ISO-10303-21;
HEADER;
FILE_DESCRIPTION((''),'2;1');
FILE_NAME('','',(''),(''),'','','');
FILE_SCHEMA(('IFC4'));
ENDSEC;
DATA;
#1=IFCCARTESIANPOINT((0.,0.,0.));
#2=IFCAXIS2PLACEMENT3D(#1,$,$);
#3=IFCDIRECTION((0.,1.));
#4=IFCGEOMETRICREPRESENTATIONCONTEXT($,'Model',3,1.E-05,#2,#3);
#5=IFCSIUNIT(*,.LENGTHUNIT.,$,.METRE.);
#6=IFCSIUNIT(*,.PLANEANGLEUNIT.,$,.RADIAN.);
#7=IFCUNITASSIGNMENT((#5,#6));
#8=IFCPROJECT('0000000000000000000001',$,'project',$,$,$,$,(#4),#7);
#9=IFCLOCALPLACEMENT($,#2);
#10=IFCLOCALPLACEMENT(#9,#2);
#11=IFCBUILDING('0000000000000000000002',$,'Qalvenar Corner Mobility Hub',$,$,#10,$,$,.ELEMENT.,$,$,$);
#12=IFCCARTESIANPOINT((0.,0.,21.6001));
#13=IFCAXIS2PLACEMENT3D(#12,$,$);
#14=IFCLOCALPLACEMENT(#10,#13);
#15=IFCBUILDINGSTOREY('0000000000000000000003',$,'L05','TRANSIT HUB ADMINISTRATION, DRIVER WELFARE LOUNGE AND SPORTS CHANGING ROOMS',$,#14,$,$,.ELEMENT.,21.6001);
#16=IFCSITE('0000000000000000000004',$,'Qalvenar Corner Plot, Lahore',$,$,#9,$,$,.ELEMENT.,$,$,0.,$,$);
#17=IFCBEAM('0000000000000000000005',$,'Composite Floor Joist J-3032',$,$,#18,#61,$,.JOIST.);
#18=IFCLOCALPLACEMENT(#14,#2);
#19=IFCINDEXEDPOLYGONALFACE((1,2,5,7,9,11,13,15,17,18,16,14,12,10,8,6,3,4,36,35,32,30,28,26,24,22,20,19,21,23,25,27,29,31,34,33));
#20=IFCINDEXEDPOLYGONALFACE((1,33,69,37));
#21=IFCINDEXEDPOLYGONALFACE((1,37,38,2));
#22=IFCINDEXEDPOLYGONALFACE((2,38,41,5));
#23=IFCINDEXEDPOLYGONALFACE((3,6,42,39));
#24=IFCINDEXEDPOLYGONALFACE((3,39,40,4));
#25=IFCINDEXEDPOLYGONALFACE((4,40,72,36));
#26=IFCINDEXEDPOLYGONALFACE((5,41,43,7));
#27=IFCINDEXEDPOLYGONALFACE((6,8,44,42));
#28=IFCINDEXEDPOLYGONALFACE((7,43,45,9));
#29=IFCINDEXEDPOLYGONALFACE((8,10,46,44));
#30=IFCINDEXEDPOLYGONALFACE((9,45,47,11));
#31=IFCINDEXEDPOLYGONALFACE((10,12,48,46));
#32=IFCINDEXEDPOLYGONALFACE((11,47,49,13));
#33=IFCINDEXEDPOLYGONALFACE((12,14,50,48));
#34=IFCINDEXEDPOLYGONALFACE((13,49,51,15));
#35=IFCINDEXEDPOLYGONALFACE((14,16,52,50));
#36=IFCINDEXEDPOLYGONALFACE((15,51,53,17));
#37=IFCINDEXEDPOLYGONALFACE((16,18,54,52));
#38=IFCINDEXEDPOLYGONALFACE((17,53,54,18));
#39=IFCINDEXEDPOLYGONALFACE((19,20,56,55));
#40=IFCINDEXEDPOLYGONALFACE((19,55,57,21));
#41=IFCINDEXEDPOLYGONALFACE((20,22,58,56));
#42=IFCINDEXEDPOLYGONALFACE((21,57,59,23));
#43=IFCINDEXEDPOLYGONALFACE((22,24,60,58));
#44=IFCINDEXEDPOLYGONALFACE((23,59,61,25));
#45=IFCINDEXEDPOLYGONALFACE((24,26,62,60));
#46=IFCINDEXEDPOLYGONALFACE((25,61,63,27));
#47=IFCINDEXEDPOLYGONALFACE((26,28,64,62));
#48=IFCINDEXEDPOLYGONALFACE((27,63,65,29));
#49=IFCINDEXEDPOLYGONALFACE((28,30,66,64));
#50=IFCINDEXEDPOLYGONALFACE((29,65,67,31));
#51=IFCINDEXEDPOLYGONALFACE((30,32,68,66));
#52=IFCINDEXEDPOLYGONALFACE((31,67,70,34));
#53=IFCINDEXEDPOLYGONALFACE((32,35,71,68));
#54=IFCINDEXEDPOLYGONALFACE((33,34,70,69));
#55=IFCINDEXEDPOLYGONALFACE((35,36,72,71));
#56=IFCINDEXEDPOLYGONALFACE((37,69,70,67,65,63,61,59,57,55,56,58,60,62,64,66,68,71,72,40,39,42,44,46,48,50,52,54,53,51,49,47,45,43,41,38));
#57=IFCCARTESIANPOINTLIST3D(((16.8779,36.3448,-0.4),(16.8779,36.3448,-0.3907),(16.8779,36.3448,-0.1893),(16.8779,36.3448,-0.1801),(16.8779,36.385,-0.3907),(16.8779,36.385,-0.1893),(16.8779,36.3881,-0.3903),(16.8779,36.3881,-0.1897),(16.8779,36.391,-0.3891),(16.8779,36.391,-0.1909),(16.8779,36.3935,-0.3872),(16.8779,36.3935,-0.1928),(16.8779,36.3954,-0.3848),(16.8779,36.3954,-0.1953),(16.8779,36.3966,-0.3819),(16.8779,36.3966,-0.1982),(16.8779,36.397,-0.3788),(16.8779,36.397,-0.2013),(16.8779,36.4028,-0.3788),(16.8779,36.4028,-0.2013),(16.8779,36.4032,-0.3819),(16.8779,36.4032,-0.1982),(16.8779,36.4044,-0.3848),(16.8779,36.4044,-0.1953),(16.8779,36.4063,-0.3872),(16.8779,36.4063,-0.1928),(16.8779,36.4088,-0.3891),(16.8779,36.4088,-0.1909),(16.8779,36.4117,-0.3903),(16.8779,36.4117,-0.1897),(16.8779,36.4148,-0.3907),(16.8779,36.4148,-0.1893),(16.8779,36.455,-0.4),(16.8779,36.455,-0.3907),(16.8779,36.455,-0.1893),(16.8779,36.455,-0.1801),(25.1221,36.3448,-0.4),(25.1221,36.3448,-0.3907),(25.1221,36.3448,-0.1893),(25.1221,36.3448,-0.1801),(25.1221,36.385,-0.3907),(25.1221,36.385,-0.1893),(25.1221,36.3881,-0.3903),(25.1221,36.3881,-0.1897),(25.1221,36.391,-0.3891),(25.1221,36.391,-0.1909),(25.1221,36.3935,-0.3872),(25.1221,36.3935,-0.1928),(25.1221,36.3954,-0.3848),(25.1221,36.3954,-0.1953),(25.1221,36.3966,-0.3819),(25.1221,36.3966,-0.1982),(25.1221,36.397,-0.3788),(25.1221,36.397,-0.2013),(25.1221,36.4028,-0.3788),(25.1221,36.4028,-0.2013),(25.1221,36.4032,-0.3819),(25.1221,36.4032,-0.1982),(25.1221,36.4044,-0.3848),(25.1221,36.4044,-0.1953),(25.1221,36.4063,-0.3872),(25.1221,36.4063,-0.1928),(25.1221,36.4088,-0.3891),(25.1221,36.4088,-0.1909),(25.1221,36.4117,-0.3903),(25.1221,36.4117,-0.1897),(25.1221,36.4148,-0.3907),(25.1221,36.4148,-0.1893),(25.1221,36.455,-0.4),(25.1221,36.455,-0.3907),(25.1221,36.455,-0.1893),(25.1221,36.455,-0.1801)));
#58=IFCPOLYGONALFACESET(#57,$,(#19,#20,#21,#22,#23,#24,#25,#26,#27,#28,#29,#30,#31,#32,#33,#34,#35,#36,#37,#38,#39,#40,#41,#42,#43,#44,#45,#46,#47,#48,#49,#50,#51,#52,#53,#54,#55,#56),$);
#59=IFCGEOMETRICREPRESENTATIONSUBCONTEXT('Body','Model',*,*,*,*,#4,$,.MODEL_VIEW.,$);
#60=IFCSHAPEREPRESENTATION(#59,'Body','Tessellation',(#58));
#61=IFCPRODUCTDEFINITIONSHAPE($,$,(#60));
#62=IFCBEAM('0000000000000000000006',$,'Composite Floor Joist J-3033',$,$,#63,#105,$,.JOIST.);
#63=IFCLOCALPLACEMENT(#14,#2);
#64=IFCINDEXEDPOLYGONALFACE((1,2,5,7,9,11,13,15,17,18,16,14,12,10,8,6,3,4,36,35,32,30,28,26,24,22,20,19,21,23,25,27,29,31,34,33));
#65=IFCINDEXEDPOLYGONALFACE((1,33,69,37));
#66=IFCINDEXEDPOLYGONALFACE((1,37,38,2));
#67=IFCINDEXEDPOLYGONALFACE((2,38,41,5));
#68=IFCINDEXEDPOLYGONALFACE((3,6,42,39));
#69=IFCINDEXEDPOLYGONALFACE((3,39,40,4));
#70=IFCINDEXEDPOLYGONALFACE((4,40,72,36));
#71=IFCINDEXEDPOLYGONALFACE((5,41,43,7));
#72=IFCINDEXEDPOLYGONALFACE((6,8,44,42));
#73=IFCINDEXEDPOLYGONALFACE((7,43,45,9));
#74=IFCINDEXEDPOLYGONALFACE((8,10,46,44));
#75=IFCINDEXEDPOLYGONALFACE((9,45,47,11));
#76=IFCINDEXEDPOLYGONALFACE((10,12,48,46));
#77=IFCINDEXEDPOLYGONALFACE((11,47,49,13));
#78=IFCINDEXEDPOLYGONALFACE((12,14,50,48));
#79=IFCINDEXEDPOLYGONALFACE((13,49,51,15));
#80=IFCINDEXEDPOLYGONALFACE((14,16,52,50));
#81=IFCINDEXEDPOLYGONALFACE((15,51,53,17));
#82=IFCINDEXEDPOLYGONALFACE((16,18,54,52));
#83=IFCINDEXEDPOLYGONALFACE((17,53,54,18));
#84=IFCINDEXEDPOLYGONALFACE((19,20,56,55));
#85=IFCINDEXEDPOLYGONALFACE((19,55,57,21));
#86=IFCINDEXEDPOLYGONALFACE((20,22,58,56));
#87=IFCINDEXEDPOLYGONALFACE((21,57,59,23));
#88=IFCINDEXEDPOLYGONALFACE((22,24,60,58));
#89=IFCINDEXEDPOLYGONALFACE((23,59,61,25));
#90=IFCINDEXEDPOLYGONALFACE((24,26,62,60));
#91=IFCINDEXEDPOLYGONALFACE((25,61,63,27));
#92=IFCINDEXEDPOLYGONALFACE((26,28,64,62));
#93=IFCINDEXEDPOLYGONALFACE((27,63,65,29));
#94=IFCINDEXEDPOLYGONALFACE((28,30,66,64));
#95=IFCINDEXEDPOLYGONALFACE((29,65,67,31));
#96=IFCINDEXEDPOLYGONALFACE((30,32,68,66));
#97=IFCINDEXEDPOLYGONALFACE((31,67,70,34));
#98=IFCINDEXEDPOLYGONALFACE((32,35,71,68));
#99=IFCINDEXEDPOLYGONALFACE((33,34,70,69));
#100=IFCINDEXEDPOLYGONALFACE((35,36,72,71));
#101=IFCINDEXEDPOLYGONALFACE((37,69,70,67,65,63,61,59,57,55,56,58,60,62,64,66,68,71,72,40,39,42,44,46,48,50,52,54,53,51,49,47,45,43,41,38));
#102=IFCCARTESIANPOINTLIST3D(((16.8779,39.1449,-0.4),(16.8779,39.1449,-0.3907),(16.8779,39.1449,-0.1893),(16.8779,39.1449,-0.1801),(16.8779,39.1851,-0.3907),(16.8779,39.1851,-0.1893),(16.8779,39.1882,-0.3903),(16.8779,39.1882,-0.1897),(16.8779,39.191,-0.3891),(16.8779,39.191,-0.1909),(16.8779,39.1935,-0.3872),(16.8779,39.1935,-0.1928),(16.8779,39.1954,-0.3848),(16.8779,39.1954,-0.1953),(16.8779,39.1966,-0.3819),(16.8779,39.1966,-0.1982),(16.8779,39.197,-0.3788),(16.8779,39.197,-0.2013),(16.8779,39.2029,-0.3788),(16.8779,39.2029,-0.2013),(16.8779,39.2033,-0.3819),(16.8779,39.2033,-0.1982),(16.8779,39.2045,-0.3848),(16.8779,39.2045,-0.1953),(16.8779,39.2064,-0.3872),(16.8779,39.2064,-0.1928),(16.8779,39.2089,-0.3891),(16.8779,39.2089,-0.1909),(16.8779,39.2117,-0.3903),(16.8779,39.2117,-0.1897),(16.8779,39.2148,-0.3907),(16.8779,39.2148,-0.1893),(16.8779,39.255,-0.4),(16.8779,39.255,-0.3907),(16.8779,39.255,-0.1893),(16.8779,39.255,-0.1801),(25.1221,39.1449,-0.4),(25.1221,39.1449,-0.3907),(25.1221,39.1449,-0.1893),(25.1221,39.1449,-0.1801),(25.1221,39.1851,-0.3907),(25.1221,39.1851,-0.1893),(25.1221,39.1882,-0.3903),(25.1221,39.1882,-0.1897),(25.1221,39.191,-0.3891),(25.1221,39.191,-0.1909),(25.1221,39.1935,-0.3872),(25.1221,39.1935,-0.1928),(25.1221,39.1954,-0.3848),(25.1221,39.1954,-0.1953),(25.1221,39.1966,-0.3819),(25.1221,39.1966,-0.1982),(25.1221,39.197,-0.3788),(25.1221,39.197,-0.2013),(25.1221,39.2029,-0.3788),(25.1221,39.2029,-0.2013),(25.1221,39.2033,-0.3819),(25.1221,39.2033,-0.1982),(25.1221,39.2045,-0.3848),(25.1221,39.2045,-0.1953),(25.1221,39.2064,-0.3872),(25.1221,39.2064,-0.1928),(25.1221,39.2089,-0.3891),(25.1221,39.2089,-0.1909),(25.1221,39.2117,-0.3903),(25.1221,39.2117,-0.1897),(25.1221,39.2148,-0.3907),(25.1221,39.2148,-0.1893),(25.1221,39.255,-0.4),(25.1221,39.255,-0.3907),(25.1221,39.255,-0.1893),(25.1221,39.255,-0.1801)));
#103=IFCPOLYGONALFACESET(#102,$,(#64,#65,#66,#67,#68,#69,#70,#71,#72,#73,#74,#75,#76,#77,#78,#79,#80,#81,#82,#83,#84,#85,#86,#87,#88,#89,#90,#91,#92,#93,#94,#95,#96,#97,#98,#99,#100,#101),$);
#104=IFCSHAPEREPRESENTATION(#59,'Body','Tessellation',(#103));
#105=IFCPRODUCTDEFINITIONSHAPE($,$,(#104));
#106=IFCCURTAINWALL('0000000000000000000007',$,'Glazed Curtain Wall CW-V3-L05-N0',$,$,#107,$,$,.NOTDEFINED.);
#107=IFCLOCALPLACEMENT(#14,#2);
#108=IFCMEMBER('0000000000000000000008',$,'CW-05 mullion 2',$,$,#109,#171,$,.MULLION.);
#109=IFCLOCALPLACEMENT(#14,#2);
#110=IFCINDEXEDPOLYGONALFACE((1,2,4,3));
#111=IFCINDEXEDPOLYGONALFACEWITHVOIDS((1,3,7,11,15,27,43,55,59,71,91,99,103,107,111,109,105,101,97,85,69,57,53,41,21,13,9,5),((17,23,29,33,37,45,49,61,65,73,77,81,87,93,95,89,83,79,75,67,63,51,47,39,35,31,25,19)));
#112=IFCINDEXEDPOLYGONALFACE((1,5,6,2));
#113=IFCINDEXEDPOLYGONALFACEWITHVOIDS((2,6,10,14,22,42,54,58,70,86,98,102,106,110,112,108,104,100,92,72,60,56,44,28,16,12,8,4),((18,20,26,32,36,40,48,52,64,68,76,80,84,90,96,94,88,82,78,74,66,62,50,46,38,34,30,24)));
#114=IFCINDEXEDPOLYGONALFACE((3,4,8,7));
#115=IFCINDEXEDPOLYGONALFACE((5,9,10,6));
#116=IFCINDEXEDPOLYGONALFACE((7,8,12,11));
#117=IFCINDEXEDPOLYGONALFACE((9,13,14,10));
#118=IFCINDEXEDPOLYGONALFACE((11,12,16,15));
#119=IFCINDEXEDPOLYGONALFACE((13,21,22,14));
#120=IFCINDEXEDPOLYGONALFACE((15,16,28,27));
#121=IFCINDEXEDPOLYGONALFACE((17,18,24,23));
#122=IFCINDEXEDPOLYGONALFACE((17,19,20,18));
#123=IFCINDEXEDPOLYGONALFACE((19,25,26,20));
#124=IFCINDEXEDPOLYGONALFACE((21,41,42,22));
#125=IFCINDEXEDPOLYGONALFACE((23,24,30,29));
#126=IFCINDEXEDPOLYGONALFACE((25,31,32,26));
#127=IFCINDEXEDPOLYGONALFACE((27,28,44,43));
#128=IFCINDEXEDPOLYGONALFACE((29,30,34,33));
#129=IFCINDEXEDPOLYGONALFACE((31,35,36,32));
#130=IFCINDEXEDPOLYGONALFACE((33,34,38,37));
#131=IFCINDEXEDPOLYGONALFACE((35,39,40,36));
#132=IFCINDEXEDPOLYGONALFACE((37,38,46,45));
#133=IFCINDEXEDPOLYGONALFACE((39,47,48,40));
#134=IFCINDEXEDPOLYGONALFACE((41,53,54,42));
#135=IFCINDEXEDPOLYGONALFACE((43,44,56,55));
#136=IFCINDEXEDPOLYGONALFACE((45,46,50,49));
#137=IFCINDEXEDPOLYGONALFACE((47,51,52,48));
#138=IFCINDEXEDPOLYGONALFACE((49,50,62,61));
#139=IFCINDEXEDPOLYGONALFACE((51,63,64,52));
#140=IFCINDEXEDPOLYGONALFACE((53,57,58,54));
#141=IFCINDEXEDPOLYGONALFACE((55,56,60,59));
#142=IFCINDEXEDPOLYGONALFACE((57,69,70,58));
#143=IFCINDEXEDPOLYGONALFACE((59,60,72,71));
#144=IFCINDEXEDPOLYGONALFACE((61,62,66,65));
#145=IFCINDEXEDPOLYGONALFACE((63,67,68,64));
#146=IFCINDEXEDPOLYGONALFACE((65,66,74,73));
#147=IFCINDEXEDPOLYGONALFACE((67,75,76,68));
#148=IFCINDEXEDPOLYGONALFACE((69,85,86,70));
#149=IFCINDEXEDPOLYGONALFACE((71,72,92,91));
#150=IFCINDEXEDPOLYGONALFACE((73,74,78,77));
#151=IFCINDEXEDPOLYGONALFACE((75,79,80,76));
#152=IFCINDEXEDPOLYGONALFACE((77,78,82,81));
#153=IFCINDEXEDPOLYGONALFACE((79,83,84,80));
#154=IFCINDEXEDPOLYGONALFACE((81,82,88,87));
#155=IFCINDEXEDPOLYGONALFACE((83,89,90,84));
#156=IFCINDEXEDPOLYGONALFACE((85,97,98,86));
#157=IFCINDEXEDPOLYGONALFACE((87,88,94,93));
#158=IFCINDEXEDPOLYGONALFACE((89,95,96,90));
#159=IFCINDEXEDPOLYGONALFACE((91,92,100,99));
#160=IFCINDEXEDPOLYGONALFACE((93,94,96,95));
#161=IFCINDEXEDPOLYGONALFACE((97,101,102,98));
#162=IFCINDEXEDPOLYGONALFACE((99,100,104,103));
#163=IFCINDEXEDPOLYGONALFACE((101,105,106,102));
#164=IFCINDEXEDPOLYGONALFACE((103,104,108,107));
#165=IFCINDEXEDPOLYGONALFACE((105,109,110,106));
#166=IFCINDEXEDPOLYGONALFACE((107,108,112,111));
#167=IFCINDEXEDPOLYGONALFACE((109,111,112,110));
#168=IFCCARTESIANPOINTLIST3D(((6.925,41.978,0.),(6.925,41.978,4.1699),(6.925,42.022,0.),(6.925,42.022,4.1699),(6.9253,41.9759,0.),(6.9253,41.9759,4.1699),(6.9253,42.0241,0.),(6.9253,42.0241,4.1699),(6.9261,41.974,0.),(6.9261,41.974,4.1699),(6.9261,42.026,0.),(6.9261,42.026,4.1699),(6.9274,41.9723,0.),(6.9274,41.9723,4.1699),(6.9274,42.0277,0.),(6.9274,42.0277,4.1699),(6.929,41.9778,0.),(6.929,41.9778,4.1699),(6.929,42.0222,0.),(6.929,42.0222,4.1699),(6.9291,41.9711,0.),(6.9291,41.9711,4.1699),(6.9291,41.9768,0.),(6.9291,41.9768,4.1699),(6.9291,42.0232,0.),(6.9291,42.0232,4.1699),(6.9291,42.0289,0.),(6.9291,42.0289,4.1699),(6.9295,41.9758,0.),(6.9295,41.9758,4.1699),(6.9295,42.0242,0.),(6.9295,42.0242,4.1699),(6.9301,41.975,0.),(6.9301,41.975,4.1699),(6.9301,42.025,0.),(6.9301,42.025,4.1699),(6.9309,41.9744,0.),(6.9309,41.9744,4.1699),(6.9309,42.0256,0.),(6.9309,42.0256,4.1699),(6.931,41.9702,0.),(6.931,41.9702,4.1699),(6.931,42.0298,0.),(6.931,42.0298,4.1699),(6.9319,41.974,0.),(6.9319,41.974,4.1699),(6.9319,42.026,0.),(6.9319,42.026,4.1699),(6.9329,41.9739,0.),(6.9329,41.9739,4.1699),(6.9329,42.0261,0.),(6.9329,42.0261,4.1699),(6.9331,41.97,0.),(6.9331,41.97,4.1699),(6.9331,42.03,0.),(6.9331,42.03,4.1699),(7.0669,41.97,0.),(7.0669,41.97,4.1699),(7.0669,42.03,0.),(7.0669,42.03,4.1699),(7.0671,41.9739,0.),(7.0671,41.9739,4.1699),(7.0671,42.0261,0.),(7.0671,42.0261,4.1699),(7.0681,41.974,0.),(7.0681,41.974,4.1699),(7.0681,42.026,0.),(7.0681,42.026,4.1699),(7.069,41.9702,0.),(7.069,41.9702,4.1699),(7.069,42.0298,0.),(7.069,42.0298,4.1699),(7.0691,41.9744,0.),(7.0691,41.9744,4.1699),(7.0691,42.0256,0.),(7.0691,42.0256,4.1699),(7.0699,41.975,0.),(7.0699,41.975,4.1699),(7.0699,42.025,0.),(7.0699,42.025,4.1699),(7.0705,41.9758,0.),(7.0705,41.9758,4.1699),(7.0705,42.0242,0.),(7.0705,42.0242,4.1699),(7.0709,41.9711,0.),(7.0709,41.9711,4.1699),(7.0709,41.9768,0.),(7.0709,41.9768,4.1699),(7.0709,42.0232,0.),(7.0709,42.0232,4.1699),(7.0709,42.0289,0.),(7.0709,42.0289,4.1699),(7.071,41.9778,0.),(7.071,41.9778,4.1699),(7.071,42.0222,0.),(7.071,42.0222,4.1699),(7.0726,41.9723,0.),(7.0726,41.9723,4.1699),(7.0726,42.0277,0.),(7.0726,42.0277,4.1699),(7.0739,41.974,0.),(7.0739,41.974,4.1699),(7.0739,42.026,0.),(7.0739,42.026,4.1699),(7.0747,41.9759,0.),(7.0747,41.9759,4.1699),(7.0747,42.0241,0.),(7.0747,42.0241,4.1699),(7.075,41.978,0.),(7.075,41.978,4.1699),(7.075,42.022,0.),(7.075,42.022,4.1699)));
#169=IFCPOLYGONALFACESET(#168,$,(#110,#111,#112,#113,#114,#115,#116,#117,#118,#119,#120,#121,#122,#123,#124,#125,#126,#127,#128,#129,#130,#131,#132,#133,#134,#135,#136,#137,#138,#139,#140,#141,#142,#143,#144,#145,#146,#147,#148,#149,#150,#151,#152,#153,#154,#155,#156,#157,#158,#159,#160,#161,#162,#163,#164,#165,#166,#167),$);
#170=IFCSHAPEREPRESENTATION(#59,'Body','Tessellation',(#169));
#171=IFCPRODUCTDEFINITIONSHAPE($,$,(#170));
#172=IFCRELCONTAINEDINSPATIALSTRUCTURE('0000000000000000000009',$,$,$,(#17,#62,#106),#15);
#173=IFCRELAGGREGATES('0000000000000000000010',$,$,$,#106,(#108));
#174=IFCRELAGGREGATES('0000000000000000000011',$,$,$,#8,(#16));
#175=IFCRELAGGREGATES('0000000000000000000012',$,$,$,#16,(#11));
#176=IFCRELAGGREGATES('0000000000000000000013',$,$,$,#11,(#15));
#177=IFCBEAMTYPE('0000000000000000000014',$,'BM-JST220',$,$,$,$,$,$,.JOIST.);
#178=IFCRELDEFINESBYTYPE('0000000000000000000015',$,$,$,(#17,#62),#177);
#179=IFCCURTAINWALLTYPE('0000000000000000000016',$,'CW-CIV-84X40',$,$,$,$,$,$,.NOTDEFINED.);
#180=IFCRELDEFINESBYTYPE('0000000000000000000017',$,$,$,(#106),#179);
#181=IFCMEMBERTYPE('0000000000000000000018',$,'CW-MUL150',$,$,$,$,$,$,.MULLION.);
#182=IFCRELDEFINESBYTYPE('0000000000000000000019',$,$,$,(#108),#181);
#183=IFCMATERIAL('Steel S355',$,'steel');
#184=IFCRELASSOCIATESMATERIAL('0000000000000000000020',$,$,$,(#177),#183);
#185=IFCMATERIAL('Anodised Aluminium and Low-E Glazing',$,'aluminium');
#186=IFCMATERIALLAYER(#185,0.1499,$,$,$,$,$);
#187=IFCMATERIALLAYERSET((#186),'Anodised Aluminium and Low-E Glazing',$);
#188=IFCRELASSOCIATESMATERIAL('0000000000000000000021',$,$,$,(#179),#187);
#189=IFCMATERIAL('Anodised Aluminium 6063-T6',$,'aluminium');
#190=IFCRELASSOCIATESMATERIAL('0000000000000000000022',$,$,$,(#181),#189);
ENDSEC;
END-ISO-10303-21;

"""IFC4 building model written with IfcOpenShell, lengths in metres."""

from ifc_helpers import new_model, si_unit, direction, frame, origin, origin_2d, place, context, subcontext, project, spatial, hollow_rectangle, i_section, extrude, material, layer, layer_set, material_profile, profile_set, type_object, element, aggregate, save


model = new_model("IFC4")

# Units and contexts
model_context = context("Model", 3, precision=1e-05, world=origin(), true_north=direction((0.0, 1.0)))
body_context = subcontext(model_context, "Body", "Model", "MODEL_VIEW")
ifc_project = project(units=[si_unit("LENGTHUNIT", "METRE"), si_unit("PLANEANGLEUNIT", "RADIAN")], contexts=[model_context])

# Site, building, storey
site_placement = place(None, origin())
site = spatial("IfcSite", under=ifc_project, at=site_placement, Name="Qalvenar Corner Plot, Lahore", CompositionType="ELEMENT", RefElevation=0.0)
building_placement = place(site_placement, origin())
building = spatial("IfcBuilding", under=site, at=building_placement, Name="Qalvenar Corner Mobility Hub", CompositionType="ELEMENT")
storey_placement = place(building_placement, frame((0.0, 0.0, 21.6001)))
storey = spatial("IfcBuildingStorey", under=building, at=storey_placement, Name="L05", Description="TRANSIT HUB ADMINISTRATION, DRIVER WELFARE LOUNGE AND SPORTS CHANGING ROOMS", CompositionType="ELEMENT", Elevation=21.6001)

# Shared definitions
ifc_material_1 = material(Name="Steel S355", Category="steel")

# Beams
ifc_material_profile_1 = material_profile(ifc_material_1, i_section(OverallWidth=0.1101, OverallDepth=0.22, WebThickness=0.0059, FlangeThickness=0.0093, FilletRadius=0.012, at=origin_2d()), Name="IPE220")
ifc_profile_set_1 = profile_set([ifc_material_profile_1], Name="Steel S355")
beam_type_1 = type_object("IfcBeamType", Name="BM-JST220", PredefinedType="JOIST", material=ifc_profile_set_1)
for number, where, z_axis, x_axis, name in (
    (1, (16.8779, 36.3999, -0.29), (1.0, 0.0, 0.0), (0.0, 1.0, 0.0), "Composite Floor Joist J-3032"),
    (2, (16.8779, 39.2, -0.29), (1.0, 0.0, 0.0), (0.0, 1.0, 0.0), "Composite Floor Joist J-3033"),
):
    element("IfcBeam", number, at=place(storey_placement, frame(where, z_axis=z_axis, x_axis=x_axis)), inside=storey, type_object=beam_type_1, Name=name, PredefinedType="JOIST", context=body_context, shape_type="SweptSolid", body=[
        extrude(i_section(OverallWidth=0.1101, OverallDepth=0.22, WebThickness=0.0059, FlangeThickness=0.0093, FilletRadius=0.012, at=origin_2d()), origin(), (0.0, 0.0, 1.0), 8.2441),
    ])

# Curtain wall, member
ifc_material_2 = material(Name="Anodised Aluminium and Low-E Glazing", Category="aluminium")
ifc_layer_1 = layer(ifc_material_2, 0.1499)
ifc_layer_set_1 = layer_set([ifc_layer_1], Name="Anodised Aluminium and Low-E Glazing")
curtain_wall_type = type_object("IfcCurtainWallType", Name="CW-CIV-84X40", PredefinedType="NOTDEFINED", material=ifc_layer_set_1)
curtain_wall_placement = place(storey_placement, origin())
curtain_wall = element("IfcCurtainWall", 3, at=curtain_wall_placement, inside=storey, type_object=curtain_wall_type, Name="Glazed Curtain Wall CW-V3-L05-N0", PredefinedType="NOTDEFINED")
ifc_material_3 = material(Name="Anodised Aluminium 6063-T6", Category="aluminium")
ifc_material_profile_2 = material_profile(ifc_material_3, hollow_rectangle(XDim=0.0601, YDim=0.1499, WallThickness=0.0039, InnerFilletRadius=0.0039, OuterFilletRadius=0.0081, at=origin_2d()), Name="RHS150x60x4")
ifc_profile_set_2 = profile_set([ifc_material_profile_2], Name="Anodised Aluminium 6063-T6")
member_type_1 = type_object("IfcMemberType", Name="CW-MUL150", PredefinedType="MULLION", material=ifc_profile_set_2)
member_1_placement = place(storey_placement, frame((7.0, 42.0, 0.0), z_axis=(0.0, 0.0, 1.0), x_axis=(0.0, -1.0, 0.0)))
member_1 = element("IfcMember", 4, at=member_1_placement, type_object=member_type_1, Name="CW-05 mullion 2", PredefinedType="MULLION", context=body_context, shape_type="SweptSolid", body=[
    extrude(hollow_rectangle(XDim=0.0601, YDim=0.1499, WallThickness=0.0039, InnerFilletRadius=0.0039, OuterFilletRadius=0.0081, at=origin_2d()), origin(), (0.0, 0.0, 1.0), 4.1699),
])
aggregate(curtain_wall, [member_1])

save(model, "model.ifc")
